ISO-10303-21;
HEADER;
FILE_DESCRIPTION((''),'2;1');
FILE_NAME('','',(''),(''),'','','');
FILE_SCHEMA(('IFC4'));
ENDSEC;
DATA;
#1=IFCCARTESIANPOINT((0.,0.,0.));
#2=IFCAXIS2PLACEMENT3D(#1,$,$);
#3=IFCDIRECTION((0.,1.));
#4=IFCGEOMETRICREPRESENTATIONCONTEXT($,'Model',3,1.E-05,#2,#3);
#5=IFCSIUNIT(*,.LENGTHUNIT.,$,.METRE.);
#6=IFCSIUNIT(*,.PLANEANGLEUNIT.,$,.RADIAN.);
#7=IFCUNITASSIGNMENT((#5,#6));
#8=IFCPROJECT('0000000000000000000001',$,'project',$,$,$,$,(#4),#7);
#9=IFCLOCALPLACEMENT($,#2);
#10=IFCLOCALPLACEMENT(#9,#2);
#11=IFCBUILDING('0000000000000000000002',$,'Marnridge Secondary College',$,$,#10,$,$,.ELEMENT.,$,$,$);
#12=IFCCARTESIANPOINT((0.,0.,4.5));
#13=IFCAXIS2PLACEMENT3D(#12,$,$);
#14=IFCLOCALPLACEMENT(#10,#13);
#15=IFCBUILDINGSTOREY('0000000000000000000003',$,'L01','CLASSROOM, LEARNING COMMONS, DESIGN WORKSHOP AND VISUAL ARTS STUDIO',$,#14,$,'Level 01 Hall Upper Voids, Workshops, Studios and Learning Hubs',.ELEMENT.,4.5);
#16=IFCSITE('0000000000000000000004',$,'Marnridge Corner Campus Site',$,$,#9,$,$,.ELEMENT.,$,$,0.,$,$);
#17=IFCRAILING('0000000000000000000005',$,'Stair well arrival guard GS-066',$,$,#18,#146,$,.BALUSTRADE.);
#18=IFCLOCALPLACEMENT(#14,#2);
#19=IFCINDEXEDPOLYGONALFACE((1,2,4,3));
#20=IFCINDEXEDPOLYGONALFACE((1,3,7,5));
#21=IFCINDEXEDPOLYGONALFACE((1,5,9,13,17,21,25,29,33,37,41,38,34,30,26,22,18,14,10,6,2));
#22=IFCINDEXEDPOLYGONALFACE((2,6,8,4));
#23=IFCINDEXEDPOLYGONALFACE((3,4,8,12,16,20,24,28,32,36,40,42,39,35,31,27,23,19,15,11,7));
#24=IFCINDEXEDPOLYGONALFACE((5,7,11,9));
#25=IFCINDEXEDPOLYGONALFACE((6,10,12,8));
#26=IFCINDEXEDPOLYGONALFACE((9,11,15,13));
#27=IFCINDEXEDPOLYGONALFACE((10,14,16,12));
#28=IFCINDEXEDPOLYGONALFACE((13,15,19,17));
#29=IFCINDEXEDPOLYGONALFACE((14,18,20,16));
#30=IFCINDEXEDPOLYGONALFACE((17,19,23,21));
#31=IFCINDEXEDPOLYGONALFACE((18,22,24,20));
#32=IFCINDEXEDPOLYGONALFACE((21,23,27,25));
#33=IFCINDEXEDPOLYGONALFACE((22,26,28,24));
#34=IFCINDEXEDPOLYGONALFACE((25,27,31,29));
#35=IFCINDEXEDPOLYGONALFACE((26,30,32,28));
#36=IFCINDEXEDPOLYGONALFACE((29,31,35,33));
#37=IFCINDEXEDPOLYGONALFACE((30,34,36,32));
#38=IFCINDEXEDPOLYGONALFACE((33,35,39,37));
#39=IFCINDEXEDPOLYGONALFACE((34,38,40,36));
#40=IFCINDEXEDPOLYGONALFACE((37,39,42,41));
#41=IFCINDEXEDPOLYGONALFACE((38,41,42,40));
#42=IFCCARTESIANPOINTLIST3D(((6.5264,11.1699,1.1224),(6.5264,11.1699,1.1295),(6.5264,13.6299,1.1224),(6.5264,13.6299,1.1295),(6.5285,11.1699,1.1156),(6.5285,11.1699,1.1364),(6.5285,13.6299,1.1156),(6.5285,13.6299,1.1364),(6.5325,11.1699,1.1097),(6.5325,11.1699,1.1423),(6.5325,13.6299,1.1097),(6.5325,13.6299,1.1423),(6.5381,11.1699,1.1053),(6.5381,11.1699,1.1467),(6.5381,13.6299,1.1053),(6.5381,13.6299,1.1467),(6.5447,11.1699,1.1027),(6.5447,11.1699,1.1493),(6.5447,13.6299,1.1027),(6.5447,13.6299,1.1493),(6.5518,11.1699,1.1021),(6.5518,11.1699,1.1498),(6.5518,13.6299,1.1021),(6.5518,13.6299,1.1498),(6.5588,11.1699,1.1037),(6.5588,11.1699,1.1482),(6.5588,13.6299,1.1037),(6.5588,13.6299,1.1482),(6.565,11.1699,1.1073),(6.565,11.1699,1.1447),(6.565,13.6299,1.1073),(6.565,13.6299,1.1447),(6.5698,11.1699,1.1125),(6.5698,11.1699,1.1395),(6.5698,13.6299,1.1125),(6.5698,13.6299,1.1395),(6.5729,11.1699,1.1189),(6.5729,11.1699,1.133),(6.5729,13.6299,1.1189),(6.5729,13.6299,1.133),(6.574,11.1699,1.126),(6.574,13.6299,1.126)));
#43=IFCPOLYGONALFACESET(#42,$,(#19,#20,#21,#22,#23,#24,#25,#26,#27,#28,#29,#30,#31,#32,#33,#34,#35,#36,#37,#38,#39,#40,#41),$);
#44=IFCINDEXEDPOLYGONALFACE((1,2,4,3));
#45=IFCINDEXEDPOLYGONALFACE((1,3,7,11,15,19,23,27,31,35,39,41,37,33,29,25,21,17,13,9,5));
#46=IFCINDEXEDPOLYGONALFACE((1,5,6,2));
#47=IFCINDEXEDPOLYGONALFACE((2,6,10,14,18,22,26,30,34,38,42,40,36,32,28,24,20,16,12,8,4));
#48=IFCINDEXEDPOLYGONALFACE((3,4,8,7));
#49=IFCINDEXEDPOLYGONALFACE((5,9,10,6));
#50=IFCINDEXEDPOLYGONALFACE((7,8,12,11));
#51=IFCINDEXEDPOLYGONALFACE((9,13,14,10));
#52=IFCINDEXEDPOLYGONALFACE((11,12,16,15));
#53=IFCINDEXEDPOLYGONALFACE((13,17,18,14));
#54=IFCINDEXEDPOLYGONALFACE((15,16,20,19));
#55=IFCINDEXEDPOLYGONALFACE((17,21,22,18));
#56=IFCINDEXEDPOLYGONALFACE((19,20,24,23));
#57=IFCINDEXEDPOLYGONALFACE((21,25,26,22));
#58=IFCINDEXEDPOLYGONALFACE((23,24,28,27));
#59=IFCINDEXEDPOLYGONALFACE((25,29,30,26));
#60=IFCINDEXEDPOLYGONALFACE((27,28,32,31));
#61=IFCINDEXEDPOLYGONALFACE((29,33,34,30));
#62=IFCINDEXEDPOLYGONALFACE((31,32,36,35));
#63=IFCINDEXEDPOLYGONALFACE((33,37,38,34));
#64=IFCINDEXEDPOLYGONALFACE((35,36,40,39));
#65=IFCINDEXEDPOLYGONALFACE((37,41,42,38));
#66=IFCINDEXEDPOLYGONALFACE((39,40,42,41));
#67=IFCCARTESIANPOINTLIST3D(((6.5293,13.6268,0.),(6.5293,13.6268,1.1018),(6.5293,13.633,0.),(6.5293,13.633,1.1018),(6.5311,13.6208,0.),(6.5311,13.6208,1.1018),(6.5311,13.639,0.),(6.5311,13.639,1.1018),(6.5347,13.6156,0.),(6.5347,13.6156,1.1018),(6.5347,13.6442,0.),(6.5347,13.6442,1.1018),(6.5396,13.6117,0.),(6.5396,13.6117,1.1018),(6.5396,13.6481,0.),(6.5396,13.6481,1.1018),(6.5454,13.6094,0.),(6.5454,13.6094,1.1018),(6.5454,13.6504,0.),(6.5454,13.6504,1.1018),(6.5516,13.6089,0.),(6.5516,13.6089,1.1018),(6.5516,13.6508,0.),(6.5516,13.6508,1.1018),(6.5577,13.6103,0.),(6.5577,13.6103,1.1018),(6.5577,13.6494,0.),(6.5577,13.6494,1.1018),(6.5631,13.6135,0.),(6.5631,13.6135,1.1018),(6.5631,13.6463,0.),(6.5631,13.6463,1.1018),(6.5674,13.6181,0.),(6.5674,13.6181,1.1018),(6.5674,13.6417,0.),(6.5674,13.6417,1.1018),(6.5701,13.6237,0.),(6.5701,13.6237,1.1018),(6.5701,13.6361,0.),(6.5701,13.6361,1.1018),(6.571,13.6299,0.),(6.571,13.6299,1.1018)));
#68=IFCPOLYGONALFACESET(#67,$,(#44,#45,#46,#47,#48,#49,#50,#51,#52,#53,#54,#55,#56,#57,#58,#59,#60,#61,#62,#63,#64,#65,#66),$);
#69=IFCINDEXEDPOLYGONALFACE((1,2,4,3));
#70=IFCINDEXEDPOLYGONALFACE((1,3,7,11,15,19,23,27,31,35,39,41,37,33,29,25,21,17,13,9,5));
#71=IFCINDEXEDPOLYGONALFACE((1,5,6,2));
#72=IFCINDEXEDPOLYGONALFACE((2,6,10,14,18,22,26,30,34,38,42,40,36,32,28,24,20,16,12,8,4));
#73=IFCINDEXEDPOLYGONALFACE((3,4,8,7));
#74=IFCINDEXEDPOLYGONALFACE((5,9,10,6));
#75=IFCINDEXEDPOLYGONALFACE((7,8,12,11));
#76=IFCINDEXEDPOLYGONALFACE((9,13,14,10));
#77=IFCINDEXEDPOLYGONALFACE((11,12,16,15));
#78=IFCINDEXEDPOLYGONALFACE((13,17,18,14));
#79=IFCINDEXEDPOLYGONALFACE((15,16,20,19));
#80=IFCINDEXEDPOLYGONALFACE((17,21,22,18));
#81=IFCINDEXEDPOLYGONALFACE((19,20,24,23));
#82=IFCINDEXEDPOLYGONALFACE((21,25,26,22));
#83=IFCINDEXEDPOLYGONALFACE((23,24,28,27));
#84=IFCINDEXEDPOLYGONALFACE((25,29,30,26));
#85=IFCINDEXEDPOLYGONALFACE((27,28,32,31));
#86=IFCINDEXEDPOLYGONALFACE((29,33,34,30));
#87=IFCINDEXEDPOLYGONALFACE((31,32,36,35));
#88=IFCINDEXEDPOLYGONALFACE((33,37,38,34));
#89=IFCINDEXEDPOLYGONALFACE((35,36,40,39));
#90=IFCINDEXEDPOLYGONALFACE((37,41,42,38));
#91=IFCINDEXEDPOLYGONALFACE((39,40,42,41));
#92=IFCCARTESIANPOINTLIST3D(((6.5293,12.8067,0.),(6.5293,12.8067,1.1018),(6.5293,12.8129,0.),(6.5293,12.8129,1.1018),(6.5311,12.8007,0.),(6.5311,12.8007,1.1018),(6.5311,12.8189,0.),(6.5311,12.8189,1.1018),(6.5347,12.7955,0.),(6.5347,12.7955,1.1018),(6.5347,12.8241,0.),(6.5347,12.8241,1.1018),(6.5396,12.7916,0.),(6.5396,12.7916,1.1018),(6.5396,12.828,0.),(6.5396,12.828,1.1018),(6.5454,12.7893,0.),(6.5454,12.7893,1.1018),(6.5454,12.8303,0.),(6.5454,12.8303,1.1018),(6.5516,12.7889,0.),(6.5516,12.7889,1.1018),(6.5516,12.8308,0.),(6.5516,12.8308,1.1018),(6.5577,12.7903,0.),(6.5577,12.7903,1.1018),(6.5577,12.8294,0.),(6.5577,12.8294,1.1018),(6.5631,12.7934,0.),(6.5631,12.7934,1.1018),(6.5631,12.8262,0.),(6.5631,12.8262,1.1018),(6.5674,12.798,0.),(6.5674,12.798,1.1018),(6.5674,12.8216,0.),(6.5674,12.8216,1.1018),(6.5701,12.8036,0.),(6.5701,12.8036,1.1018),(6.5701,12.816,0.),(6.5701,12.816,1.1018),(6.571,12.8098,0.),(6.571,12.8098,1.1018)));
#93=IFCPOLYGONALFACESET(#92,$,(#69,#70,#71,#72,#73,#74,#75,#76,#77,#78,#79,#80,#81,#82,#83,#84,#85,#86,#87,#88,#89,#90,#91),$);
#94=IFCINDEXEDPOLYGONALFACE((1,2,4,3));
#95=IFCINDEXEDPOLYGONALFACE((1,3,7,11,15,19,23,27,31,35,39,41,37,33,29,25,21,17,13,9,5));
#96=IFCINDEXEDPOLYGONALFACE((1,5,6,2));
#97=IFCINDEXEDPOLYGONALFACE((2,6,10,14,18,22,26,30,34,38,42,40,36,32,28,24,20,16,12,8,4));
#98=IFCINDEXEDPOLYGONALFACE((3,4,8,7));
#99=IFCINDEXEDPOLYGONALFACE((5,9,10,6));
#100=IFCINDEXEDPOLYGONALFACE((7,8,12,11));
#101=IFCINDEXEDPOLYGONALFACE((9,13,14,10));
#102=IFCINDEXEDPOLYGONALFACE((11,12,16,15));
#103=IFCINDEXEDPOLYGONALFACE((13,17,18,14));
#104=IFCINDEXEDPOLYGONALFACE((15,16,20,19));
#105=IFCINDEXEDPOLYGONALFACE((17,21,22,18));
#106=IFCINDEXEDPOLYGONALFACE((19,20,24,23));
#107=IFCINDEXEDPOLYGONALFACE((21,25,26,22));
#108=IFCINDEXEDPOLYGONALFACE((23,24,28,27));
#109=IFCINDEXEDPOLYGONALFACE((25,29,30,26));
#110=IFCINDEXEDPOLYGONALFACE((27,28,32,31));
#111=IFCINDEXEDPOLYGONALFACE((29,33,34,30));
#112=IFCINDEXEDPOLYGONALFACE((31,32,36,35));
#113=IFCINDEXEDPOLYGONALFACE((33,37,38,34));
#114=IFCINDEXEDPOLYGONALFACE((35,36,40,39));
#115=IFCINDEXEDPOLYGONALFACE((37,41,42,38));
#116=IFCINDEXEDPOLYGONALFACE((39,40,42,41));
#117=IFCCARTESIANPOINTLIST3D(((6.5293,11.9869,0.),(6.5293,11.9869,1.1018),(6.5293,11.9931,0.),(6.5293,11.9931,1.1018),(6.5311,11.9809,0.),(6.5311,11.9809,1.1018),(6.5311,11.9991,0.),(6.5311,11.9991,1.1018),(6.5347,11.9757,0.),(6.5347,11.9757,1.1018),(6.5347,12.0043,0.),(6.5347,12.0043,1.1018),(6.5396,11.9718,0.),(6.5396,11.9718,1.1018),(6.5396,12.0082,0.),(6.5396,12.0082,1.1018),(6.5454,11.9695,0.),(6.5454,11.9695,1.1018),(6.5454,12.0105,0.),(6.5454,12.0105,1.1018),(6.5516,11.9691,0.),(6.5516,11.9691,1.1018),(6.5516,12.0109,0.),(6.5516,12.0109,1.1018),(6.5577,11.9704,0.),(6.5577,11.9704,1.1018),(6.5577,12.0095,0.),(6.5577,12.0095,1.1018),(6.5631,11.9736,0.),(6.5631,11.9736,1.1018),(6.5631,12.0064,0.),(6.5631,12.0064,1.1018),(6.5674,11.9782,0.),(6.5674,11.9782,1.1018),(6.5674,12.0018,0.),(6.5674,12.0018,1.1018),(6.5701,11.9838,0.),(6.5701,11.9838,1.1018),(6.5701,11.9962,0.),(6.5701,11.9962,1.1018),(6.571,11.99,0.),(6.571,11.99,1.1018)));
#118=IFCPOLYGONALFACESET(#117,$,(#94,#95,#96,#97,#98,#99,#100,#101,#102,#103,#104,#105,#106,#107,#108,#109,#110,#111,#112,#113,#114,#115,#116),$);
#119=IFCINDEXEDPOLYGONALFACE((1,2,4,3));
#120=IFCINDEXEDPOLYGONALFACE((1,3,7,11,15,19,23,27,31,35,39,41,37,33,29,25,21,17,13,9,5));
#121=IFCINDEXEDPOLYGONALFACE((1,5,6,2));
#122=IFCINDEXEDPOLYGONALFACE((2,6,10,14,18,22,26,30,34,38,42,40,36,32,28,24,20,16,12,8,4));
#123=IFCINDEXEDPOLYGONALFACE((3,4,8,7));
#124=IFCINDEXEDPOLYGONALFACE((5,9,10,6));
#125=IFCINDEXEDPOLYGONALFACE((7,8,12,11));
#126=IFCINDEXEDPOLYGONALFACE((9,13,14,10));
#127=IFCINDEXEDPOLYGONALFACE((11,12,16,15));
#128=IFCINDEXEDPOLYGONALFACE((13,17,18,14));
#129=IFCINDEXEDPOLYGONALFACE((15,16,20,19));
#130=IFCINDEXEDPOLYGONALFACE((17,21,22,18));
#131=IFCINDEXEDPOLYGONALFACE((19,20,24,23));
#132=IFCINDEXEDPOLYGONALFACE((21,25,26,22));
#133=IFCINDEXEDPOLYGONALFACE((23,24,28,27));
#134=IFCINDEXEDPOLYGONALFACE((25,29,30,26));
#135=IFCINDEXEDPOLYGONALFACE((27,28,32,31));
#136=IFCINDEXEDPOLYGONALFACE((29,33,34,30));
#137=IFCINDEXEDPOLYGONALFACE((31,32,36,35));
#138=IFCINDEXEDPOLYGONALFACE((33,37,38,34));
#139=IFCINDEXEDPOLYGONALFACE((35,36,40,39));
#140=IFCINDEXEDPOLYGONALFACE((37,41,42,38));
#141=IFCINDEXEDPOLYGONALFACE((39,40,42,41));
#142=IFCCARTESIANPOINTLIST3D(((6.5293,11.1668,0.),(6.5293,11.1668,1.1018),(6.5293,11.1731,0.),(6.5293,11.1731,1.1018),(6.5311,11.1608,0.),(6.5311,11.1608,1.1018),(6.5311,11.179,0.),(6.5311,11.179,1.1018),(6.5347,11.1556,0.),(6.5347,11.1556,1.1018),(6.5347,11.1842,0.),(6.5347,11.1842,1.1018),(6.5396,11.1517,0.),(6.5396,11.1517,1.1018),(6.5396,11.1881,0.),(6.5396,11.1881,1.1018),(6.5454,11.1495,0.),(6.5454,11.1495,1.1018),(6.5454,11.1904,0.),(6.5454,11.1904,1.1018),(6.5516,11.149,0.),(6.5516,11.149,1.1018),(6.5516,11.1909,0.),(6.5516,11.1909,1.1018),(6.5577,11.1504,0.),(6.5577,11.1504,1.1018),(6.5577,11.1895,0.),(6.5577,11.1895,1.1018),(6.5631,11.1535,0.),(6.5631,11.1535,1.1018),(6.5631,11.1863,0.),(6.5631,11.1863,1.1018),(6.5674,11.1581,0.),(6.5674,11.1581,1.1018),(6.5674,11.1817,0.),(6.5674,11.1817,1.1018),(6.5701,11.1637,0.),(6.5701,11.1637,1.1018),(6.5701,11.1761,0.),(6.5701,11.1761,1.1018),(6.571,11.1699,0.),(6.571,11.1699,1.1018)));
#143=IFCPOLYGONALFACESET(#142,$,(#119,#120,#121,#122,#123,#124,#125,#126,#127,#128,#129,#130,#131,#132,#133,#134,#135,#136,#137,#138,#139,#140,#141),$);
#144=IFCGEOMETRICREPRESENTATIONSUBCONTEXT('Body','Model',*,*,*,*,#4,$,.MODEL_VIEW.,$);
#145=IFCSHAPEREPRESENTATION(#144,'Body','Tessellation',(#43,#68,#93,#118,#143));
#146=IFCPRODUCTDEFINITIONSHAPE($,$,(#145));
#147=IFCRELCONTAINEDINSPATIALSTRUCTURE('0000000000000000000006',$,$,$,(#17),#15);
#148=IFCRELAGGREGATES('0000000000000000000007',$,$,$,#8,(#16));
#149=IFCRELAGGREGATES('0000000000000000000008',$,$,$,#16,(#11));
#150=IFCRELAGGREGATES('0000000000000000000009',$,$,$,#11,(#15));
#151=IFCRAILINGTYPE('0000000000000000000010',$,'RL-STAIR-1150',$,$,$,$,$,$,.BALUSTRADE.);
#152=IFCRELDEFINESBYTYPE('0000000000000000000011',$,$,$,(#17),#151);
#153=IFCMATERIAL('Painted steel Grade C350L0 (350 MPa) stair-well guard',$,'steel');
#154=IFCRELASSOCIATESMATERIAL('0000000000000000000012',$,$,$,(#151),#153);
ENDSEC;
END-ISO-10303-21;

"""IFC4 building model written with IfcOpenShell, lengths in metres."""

from ifc_helpers import new_model, si_unit, direction, frame, origin, origin_2d, place, context, subcontext, project, spatial, circle, extrude, material, type_object, element, save


model = new_model("IFC4")

# Units and contexts
model_context = context("Model", 3, precision=1e-05, world=origin(), true_north=direction((0.0, 1.0)))
body_context = subcontext(model_context, "Body", "Model", "MODEL_VIEW")
ifc_project = project(units=[si_unit("LENGTHUNIT", "METRE"), si_unit("PLANEANGLEUNIT", "RADIAN")], contexts=[model_context])

# Site, building, storey
site_placement = place(None, origin())
site = spatial("IfcSite", under=ifc_project, at=site_placement, Name="Marnridge Corner Campus Site", CompositionType="ELEMENT", RefElevation=0.0)
building_placement = place(site_placement, origin())
building = spatial("IfcBuilding", under=site, at=building_placement, Name="Marnridge Secondary College", CompositionType="ELEMENT")
storey_placement = place(building_placement, frame((0.0, 0.0, 4.5)))
storey = spatial("IfcBuildingStorey", under=building, at=storey_placement, Name="L01", Description="CLASSROOM, LEARNING COMMONS, DESIGN WORKSHOP AND VISUAL ARTS STUDIO", LongName="Level 01 Hall Upper Voids, Workshops, Studios and Learning Hubs", CompositionType="ELEMENT", Elevation=4.5)

# Railing
ifc_material_1 = material(Name="Painted steel Grade C350L0 (350 MPa) stair-well guard", Category="steel")
railing_type_1 = type_object("IfcRailingType", Name="RL-STAIR-1150", PredefinedType="BALUSTRADE", material=ifc_material_1)
railing_1_placement = place(storey_placement, frame((6.55, 13.6299, 0.0)))
element("IfcRailing", 1, at=railing_1_placement, inside=storey, type_object=railing_type_1, Name="Stair well arrival guard GS-066", PredefinedType="BALUSTRADE", context=body_context, shape_type="SweptSolid", body=[
    extrude(circle(Radius=0.0239, at=origin_2d()), frame((0.0, 0.0, 1.126), z_axis=(0.0, -1.0, 0.0), x_axis=(1.0, 0.0, 0.0)), (0.0, 0.0, 1.0), 2.46),
    extrude(circle(Radius=0.021, at=origin_2d()), origin(), (0.0, 0.0, 1.0), 1.1018),
    extrude(circle(Radius=0.021, at=origin_2d()), frame((0.0, -0.8201, 0.0)), (0.0, 0.0, 1.0), 1.1018),
    extrude(circle(Radius=0.021, at=origin_2d()), frame((0.0, -1.6399, 0.0)), (0.0, 0.0, 1.0), 1.1018),
    extrude(circle(Radius=0.021, at=origin_2d()), frame((0.0, -2.46, 0.0)), (0.0, 0.0, 1.0), 1.1018),
])

save(model, "model.ifc")
